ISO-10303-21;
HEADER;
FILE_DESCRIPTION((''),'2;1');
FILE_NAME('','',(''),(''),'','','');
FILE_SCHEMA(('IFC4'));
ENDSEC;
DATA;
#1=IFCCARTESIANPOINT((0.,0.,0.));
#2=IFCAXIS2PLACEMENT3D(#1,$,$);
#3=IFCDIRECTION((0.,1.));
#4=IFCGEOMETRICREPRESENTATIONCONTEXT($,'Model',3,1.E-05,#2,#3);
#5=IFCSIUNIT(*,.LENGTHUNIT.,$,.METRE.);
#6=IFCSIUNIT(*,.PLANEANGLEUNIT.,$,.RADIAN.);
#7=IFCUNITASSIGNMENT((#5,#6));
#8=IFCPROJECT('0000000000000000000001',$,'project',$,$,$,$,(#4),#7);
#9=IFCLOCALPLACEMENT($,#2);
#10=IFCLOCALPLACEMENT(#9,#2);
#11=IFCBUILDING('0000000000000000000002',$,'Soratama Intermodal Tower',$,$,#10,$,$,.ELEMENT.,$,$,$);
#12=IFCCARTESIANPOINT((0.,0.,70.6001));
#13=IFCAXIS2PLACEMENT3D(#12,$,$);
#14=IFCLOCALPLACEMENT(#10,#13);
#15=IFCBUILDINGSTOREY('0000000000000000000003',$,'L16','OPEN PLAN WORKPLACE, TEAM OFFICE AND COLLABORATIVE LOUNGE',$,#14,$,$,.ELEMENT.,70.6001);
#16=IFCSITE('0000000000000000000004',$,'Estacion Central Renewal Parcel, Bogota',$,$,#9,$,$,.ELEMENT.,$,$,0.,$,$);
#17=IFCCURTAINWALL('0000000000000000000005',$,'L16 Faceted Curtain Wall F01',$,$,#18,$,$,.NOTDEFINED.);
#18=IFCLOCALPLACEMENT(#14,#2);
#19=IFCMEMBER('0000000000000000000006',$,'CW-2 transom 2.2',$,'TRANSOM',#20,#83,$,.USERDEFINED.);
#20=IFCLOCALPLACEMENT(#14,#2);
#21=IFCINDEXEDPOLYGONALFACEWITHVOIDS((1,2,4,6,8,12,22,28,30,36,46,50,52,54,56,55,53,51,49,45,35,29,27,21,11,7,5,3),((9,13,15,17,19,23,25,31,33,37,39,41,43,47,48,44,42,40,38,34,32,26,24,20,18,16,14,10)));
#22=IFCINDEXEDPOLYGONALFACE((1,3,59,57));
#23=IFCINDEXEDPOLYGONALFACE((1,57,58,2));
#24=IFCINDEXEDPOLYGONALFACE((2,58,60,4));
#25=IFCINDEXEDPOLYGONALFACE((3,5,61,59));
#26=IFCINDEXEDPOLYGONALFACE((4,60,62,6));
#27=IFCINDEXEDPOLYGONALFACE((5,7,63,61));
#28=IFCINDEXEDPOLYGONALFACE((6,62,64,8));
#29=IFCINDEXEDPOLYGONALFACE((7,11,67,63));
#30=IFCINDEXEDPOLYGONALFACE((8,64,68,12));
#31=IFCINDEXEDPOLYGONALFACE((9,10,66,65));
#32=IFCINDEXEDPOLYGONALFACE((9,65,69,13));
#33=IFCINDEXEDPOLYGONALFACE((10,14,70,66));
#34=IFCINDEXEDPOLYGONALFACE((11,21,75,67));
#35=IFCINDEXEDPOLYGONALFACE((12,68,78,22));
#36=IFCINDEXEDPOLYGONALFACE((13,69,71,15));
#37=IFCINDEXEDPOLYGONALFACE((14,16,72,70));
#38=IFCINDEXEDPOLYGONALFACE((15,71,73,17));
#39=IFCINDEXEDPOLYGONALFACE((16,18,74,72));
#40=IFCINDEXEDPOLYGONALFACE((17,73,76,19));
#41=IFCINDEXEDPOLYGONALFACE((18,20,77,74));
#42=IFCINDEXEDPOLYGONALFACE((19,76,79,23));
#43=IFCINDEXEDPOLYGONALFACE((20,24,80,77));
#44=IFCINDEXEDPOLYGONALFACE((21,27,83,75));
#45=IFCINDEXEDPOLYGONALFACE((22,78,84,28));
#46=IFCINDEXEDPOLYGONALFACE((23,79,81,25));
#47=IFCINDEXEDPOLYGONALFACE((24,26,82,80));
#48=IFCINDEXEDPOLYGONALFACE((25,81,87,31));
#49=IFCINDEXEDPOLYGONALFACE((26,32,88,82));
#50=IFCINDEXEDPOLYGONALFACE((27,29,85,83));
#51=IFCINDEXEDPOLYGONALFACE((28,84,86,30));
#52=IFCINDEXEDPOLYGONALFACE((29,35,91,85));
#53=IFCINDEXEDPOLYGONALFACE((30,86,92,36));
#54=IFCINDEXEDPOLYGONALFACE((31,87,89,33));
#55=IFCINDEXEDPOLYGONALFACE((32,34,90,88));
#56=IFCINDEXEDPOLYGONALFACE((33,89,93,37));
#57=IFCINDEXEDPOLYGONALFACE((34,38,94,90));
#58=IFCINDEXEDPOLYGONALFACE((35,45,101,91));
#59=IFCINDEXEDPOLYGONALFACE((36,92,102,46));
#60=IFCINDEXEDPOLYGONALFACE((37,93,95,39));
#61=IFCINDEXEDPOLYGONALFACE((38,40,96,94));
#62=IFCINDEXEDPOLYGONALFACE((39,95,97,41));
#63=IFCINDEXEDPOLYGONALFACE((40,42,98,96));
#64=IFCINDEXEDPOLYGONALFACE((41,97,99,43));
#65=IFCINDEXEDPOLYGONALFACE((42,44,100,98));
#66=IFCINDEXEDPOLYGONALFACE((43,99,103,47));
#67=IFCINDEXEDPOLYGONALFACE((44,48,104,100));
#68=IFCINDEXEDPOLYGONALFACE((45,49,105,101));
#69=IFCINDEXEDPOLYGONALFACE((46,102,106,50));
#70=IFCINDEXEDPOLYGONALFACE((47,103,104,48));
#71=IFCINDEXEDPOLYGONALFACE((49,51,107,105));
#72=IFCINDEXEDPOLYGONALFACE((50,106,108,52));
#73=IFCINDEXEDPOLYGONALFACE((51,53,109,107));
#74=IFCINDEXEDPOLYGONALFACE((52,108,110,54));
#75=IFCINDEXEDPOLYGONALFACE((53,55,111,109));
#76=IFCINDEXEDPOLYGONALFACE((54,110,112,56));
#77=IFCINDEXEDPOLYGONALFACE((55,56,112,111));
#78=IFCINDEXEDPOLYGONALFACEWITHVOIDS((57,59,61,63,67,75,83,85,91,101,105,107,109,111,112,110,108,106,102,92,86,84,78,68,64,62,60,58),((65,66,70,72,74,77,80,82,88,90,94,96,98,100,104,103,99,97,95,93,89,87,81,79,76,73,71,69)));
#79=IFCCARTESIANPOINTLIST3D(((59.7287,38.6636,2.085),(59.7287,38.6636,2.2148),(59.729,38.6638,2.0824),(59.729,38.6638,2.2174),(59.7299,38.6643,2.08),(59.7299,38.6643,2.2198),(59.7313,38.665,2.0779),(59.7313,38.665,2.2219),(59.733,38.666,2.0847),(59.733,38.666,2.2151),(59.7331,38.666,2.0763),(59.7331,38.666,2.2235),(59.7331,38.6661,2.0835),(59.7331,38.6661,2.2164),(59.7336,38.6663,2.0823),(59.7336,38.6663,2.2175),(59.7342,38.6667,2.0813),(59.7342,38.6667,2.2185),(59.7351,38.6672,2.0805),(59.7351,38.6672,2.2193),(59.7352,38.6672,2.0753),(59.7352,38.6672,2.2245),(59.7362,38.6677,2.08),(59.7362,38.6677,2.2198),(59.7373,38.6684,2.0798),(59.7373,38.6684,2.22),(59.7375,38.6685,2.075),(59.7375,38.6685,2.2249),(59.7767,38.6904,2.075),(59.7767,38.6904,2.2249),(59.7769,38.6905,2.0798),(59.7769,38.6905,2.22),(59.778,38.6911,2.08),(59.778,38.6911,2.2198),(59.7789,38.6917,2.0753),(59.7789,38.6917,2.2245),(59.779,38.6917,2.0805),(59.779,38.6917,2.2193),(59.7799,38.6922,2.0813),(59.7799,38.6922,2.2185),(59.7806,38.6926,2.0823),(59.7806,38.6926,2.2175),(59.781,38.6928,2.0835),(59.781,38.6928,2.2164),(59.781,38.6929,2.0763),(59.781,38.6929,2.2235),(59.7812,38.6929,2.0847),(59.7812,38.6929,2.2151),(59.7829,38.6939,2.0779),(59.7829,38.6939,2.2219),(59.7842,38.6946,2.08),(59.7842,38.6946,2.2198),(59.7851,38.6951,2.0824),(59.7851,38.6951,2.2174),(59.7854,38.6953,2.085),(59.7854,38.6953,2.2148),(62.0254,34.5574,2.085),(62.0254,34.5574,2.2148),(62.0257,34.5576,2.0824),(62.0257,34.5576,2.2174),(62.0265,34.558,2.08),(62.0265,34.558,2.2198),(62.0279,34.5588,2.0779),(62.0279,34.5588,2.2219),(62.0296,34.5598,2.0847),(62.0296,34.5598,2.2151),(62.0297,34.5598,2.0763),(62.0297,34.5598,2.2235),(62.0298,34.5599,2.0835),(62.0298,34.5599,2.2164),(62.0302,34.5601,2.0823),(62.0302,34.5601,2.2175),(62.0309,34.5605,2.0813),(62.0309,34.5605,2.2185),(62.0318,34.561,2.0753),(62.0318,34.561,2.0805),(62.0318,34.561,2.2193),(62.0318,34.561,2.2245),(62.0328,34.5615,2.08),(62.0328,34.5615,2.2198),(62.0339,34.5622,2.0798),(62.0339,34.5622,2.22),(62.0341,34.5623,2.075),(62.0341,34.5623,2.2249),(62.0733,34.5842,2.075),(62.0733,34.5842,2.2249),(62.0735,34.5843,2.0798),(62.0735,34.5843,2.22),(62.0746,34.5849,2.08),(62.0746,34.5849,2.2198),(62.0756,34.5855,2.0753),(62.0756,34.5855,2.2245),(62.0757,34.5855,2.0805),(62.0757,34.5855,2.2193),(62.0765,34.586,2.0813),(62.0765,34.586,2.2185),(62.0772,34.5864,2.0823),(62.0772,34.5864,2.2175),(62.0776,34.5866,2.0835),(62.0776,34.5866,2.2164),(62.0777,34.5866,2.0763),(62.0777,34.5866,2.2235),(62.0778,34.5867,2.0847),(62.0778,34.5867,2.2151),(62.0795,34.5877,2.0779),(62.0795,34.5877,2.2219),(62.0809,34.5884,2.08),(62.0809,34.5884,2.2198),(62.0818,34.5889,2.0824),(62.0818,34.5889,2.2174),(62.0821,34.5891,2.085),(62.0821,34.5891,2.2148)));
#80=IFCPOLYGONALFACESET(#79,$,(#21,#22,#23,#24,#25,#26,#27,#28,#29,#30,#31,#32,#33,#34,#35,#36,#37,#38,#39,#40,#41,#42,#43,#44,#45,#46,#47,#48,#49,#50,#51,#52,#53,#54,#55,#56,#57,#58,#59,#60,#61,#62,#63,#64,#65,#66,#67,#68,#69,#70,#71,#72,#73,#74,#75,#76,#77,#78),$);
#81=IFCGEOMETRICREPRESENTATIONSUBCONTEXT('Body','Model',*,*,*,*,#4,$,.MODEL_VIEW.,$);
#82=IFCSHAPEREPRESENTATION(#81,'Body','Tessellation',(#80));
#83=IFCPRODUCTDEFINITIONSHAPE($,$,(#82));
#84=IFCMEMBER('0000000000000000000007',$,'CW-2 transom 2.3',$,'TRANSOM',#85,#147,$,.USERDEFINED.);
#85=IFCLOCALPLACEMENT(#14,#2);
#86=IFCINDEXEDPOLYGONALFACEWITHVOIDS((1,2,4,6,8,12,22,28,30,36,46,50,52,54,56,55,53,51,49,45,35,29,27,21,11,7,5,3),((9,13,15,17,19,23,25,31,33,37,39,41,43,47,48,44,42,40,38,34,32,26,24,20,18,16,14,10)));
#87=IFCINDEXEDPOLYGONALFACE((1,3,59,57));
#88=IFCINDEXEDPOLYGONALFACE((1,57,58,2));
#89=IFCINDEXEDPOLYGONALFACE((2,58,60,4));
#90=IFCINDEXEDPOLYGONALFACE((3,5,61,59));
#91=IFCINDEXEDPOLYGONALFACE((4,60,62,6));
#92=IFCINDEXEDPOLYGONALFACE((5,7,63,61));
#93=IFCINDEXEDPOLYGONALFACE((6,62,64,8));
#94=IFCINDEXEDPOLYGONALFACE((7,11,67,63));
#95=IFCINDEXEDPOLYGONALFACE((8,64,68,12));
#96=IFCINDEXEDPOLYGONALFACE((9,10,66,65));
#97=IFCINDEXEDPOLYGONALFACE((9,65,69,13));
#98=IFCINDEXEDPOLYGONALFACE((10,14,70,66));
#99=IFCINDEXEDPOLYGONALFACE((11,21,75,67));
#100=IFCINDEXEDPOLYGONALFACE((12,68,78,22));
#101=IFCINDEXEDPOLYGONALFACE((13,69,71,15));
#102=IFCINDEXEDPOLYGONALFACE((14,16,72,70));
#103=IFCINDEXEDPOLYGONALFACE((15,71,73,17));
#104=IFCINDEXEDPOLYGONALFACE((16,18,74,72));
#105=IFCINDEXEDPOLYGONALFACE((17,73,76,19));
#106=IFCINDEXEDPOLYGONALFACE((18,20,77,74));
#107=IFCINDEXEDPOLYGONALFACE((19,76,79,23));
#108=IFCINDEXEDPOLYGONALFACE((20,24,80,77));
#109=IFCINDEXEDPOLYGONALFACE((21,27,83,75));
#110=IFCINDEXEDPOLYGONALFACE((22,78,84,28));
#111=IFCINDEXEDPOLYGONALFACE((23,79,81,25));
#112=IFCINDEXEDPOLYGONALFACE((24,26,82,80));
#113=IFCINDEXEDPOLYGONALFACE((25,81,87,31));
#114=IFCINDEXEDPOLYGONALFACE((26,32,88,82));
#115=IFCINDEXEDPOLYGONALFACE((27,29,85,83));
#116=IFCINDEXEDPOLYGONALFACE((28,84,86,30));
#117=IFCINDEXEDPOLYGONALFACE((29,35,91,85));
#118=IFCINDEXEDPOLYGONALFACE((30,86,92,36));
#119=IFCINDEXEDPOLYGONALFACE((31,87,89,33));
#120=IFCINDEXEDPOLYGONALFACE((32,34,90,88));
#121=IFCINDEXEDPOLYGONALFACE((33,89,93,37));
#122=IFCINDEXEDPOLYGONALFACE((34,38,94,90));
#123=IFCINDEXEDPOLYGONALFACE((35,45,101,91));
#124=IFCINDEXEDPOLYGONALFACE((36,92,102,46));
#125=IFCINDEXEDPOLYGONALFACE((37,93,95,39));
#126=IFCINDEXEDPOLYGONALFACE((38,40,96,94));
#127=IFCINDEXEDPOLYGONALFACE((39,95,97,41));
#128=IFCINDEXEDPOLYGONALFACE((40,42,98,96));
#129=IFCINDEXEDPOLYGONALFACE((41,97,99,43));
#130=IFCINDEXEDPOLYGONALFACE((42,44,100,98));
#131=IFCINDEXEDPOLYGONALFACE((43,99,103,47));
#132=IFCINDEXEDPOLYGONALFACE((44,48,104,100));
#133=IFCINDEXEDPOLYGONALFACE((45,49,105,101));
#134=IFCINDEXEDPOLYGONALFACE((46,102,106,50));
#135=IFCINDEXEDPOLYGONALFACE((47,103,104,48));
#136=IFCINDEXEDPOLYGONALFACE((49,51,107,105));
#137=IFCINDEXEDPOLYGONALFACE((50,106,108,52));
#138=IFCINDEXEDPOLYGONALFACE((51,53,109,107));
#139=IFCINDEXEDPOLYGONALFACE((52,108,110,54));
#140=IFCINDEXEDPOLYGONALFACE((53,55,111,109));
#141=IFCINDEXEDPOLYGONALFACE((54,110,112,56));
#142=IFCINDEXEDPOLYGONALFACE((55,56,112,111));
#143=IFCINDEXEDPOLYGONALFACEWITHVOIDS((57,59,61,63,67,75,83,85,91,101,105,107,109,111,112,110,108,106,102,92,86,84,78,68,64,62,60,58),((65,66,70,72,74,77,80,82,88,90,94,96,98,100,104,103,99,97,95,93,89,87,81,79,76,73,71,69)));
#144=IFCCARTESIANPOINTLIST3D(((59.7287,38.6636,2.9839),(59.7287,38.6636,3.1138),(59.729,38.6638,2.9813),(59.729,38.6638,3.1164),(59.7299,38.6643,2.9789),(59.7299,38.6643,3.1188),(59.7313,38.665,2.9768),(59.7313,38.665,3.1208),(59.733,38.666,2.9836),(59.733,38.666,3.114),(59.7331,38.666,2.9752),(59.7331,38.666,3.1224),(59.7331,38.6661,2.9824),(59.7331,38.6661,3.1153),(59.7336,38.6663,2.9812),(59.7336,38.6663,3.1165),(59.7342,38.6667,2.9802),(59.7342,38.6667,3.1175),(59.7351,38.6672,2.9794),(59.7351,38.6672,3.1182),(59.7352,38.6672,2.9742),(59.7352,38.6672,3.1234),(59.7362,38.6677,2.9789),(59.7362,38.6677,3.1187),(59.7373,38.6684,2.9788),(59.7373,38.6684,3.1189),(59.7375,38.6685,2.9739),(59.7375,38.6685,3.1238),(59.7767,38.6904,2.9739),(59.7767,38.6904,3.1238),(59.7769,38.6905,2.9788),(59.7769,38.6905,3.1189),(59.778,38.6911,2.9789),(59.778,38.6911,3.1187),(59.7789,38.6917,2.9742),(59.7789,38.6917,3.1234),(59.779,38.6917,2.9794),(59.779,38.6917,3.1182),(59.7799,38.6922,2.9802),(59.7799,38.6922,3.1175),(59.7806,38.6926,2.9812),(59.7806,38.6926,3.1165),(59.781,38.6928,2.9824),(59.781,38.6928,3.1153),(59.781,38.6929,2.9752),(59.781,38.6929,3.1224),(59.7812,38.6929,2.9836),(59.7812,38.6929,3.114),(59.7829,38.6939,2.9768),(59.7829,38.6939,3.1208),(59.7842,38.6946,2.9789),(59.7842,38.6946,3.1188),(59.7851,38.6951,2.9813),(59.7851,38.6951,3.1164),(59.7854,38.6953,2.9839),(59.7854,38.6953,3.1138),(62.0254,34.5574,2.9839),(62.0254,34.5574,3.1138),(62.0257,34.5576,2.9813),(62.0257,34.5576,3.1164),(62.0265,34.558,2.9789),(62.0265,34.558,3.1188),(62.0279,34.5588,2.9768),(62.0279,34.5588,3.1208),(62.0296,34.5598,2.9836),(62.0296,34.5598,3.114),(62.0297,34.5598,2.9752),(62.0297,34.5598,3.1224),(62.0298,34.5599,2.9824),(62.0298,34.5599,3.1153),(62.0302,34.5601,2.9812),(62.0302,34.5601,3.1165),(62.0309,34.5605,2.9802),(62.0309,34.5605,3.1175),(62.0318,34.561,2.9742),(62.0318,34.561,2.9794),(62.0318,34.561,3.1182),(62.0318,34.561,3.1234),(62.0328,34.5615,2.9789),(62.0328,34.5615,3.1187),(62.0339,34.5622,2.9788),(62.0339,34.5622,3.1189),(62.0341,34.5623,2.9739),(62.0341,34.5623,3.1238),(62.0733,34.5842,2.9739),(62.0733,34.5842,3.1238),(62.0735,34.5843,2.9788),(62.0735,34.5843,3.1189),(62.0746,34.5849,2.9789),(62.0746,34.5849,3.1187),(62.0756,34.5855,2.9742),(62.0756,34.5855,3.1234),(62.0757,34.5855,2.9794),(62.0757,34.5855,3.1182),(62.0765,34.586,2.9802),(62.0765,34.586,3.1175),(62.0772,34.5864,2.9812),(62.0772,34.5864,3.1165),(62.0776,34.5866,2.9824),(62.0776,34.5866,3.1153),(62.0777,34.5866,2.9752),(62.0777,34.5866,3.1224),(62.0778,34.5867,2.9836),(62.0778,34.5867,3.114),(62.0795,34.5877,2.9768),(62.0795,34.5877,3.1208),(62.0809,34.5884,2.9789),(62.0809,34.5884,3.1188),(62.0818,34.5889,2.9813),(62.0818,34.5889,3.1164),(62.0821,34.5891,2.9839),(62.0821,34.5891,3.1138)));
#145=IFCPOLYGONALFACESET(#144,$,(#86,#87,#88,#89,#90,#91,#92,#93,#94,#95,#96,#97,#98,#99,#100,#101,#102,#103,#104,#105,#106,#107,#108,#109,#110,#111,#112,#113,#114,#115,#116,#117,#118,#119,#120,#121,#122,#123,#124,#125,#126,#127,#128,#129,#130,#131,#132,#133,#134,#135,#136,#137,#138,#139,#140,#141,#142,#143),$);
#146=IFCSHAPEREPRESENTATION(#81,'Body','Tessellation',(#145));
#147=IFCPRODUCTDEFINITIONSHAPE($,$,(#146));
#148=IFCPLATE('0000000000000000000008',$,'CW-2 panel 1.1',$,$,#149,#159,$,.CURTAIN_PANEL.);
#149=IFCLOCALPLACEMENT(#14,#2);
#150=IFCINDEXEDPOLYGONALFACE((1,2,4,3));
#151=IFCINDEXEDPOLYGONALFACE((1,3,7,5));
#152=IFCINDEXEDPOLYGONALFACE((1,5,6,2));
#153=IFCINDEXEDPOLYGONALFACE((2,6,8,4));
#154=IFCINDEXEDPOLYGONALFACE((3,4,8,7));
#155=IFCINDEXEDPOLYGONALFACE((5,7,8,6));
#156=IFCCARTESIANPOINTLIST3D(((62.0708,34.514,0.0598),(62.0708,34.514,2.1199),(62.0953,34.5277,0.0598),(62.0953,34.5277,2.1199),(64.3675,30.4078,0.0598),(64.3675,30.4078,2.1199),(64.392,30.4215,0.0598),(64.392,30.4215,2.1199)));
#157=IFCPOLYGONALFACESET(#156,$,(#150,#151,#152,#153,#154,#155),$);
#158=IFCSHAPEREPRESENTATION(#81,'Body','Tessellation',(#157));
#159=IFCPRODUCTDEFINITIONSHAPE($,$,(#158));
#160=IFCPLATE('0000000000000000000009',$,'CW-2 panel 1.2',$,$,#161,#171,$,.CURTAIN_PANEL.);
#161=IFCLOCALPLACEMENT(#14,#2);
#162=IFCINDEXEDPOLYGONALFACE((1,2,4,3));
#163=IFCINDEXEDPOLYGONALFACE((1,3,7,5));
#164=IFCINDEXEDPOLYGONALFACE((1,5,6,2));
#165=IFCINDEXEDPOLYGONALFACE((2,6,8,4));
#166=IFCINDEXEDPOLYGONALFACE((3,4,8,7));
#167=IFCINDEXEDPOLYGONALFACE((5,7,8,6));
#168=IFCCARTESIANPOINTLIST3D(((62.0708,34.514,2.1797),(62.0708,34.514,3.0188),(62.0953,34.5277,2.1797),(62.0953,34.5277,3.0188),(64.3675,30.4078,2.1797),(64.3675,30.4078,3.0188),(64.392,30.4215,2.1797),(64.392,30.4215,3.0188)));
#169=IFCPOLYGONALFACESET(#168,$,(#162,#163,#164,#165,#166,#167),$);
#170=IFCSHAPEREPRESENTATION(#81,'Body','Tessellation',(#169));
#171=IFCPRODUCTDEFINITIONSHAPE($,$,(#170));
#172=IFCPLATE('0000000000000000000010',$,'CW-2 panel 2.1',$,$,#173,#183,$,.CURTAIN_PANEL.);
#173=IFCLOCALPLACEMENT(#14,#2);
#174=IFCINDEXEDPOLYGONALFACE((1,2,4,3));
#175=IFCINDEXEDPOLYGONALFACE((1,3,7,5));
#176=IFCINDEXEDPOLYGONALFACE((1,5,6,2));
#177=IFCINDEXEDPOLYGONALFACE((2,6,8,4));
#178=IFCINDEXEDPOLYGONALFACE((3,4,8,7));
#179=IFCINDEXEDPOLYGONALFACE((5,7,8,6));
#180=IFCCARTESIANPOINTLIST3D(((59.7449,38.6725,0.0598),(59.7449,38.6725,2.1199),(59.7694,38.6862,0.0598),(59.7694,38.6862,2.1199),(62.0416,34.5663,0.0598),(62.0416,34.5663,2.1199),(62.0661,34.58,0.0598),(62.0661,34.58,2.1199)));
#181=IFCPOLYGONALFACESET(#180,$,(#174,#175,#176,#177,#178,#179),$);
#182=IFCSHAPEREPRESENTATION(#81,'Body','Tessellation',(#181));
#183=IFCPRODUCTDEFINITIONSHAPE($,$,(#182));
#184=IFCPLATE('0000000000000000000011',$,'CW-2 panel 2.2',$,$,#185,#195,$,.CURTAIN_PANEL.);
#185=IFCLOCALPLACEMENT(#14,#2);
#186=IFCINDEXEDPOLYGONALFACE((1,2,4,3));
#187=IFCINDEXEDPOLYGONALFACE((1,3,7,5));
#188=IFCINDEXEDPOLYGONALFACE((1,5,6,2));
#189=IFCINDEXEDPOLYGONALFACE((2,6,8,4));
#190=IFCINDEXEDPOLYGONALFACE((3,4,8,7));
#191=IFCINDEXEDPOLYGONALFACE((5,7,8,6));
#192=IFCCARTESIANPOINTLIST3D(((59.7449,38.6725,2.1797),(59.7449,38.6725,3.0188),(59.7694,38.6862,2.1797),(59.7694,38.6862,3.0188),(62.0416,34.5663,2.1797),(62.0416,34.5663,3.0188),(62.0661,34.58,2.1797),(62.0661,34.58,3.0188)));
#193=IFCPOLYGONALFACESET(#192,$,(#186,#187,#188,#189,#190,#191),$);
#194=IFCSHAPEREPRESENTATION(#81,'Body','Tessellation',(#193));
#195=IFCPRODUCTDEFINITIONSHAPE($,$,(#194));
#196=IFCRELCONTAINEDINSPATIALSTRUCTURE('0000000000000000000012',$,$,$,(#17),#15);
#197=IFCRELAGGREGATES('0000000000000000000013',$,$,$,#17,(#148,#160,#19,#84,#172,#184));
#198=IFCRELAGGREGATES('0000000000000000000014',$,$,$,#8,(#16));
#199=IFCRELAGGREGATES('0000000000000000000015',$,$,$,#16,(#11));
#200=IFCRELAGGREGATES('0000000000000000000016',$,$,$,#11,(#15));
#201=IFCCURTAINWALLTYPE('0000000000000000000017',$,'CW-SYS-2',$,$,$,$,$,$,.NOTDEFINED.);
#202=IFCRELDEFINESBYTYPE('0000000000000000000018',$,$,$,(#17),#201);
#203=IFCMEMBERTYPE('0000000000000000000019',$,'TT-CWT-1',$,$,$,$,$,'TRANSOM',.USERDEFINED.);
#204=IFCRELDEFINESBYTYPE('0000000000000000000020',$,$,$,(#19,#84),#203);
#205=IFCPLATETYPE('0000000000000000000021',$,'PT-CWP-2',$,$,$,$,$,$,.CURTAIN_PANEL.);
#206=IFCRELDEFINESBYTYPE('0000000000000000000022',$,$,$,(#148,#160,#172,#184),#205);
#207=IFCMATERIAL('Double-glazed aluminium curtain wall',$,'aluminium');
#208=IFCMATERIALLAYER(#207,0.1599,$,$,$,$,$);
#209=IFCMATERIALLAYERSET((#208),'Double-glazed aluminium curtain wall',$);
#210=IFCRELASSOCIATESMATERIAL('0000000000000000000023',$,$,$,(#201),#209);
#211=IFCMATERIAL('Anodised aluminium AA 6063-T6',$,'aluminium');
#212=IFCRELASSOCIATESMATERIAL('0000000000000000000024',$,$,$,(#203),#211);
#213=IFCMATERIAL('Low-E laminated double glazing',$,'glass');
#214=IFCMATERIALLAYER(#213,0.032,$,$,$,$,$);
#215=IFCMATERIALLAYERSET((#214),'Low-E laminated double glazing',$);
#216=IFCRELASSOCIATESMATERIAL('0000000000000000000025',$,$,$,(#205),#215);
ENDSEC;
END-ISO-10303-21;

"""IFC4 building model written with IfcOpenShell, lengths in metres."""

from ifc_helpers import new_model, si_unit, direction, frame, origin, origin_2d, place, context, subcontext, project, spatial, rectangle, hollow_rectangle, extrude, material, layer, layer_set, material_profile, profile_set, type_object, element, aggregate, save


model = new_model("IFC4")

# Units and contexts
model_context = context("Model", 3, precision=1e-05, world=origin(), true_north=direction((0.0, 1.0)))
body_context = subcontext(model_context, "Body", "Model", "MODEL_VIEW")
ifc_project = project(units=[si_unit("LENGTHUNIT", "METRE"), si_unit("PLANEANGLEUNIT", "RADIAN")], contexts=[model_context])

# Site, building, storey
site_placement = place(None, origin())
site = spatial("IfcSite", under=ifc_project, at=site_placement, Name="Estacion Central Renewal Parcel, Bogota", CompositionType="ELEMENT", RefElevation=0.0)
building_placement = place(site_placement, origin())
building = spatial("IfcBuilding", under=site, at=building_placement, Name="Soratama Intermodal Tower", CompositionType="ELEMENT")
storey_placement = place(building_placement, frame((0.0, 0.0, 70.6001)))
storey = spatial("IfcBuildingStorey", under=building, at=storey_placement, Name="L16", Description="OPEN PLAN WORKPLACE, TEAM OFFICE AND COLLABORATIVE LOUNGE", CompositionType="ELEMENT", Elevation=70.6001)

# Curtain wall, members, plates
ifc_material_1 = material(Name="Double-glazed aluminium curtain wall", Category="aluminium")
ifc_layer_1 = layer(ifc_material_1, 0.1599)
ifc_layer_set_1 = layer_set([ifc_layer_1], Name="Double-glazed aluminium curtain wall")
curtain_wall_type = type_object("IfcCurtainWallType", Name="CW-SYS-2", PredefinedType="NOTDEFINED", material=ifc_layer_set_1)
curtain_wall_placement = place(storey_placement, origin())
curtain_wall = element("IfcCurtainWall", 1, at=curtain_wall_placement, inside=storey, type_object=curtain_wall_type, Name="L16 Faceted Curtain Wall F01", PredefinedType="NOTDEFINED")
ifc_material_2 = material(Name="Anodised aluminium AA 6063-T6", Category="aluminium")
ifc_material_profile_1 = material_profile(ifc_material_2, hollow_rectangle(XDim=0.0649, YDim=0.1499, WallThickness=0.0049, InnerFilletRadius=0.0049, OuterFilletRadius=0.01, at=origin_2d()), Name="CWT150X65X5")
ifc_profile_set_1 = profile_set([ifc_material_profile_1], Name="Anodised aluminium AA 6063-T6")
member_type_1 = type_object("IfcMemberType", Name="TT-CWT-1", ElementType="TRANSOM", PredefinedType="USERDEFINED", material=ifc_profile_set_1)
member_1_placement = place(storey_placement, frame((62.0537, 34.5732, 2.1499), z_axis=(-0.488143, 0.872763, 0.0), x_axis=(-0.872763, -0.488143, 0.0)))
member_1 = element("IfcMember", 2, at=member_1_placement, type_object=member_type_1, Name="CW-2 transom 2.2", ObjectType="TRANSOM", PredefinedType="USERDEFINED", context=body_context, shape_type="SweptSolid", body=[
    extrude(hollow_rectangle(XDim=0.0649, YDim=0.1499, WallThickness=0.0049, InnerFilletRadius=0.0049, OuterFilletRadius=0.01, at=origin_2d()), origin(), (0.0, 0.0, 1.0), 4.7048),
])
member_2_placement = place(storey_placement, frame((62.0537, 34.5732, 3.0488), z_axis=(-0.488143, 0.872763, 0.0), x_axis=(-0.872763, -0.488143, 0.0)))
member_2 = element("IfcMember", 3, at=member_2_placement, type_object=member_type_1, Name="CW-2 transom 2.3", ObjectType="TRANSOM", PredefinedType="USERDEFINED", context=body_context, shape_type="SweptSolid", body=[
    extrude(hollow_rectangle(XDim=0.0649, YDim=0.1499, WallThickness=0.0049, InnerFilletRadius=0.0049, OuterFilletRadius=0.01, at=origin_2d()), origin(), (0.0, 0.0, 1.0), 4.7048),
])
ifc_material_3 = material(Name="Low-E laminated double glazing", Category="glass")
ifc_layer_2 = layer(ifc_material_3, 0.032)
ifc_layer_set_2 = layer_set([ifc_layer_2], Name="Low-E laminated double glazing")
plate_type = type_object("IfcPlateType", Name="PT-CWP-2", PredefinedType="CURTAIN_PANEL", material=ifc_layer_set_2)
plate_1_placement = place(storey_placement, frame((63.2314, 32.4678, 0.0598), z_axis=(0.0, 0.0, 1.0), x_axis=(-0.488157, 0.872756, 0.0)))
plate_1 = element("IfcPlate", 4, at=plate_1_placement, type_object=plate_type, Name="CW-2 panel 1.1", PredefinedType="CURTAIN_PANEL", context=body_context, shape_type="SweptSolid", body=[
    extrude(rectangle(XDim=4.7048, YDim=0.0281, at=origin_2d()), origin(), (0.0, 0.0, 1.0), 2.0601),
])
plate_2_placement = place(storey_placement, frame((63.2314, 32.4678, 2.1797), z_axis=(0.0, 0.0, 1.0), x_axis=(-0.488157, 0.872756, 0.0)))
plate_2 = element("IfcPlate", 5, at=plate_2_placement, type_object=plate_type, Name="CW-2 panel 1.2", PredefinedType="CURTAIN_PANEL", context=body_context, shape_type="SweptSolid", body=[
    extrude(rectangle(XDim=4.7048, YDim=0.0281, at=origin_2d()), origin(), (0.0, 0.0, 1.0), 0.8391),
])
plate_3_placement = place(storey_placement, frame((60.9055, 36.6262, 0.0598), z_axis=(0.0, 0.0, 1.0), x_axis=(-0.488157, 0.872756, 0.0)))
plate_3 = element("IfcPlate", 6, at=plate_3_placement, type_object=plate_type, Name="CW-2 panel 2.1", PredefinedType="CURTAIN_PANEL", context=body_context, shape_type="SweptSolid", body=[
    extrude(rectangle(XDim=4.7048, YDim=0.0281, at=origin_2d()), origin(), (0.0, 0.0, 1.0), 2.0601),
])
plate_4_placement = place(storey_placement, frame((60.9055, 36.6262, 2.1797), z_axis=(0.0, 0.0, 1.0), x_axis=(-0.488157, 0.872756, 0.0)))
plate_4 = element("IfcPlate", 7, at=plate_4_placement, type_object=plate_type, Name="CW-2 panel 2.2", PredefinedType="CURTAIN_PANEL", context=body_context, shape_type="SweptSolid", body=[
    extrude(rectangle(XDim=4.7048, YDim=0.0281, at=origin_2d()), origin(), (0.0, 0.0, 1.0), 0.8391),
])
aggregate(curtain_wall, [plate_1, plate_2, member_1, member_2, plate_3, plate_4])

save(model, "model.ifc")
